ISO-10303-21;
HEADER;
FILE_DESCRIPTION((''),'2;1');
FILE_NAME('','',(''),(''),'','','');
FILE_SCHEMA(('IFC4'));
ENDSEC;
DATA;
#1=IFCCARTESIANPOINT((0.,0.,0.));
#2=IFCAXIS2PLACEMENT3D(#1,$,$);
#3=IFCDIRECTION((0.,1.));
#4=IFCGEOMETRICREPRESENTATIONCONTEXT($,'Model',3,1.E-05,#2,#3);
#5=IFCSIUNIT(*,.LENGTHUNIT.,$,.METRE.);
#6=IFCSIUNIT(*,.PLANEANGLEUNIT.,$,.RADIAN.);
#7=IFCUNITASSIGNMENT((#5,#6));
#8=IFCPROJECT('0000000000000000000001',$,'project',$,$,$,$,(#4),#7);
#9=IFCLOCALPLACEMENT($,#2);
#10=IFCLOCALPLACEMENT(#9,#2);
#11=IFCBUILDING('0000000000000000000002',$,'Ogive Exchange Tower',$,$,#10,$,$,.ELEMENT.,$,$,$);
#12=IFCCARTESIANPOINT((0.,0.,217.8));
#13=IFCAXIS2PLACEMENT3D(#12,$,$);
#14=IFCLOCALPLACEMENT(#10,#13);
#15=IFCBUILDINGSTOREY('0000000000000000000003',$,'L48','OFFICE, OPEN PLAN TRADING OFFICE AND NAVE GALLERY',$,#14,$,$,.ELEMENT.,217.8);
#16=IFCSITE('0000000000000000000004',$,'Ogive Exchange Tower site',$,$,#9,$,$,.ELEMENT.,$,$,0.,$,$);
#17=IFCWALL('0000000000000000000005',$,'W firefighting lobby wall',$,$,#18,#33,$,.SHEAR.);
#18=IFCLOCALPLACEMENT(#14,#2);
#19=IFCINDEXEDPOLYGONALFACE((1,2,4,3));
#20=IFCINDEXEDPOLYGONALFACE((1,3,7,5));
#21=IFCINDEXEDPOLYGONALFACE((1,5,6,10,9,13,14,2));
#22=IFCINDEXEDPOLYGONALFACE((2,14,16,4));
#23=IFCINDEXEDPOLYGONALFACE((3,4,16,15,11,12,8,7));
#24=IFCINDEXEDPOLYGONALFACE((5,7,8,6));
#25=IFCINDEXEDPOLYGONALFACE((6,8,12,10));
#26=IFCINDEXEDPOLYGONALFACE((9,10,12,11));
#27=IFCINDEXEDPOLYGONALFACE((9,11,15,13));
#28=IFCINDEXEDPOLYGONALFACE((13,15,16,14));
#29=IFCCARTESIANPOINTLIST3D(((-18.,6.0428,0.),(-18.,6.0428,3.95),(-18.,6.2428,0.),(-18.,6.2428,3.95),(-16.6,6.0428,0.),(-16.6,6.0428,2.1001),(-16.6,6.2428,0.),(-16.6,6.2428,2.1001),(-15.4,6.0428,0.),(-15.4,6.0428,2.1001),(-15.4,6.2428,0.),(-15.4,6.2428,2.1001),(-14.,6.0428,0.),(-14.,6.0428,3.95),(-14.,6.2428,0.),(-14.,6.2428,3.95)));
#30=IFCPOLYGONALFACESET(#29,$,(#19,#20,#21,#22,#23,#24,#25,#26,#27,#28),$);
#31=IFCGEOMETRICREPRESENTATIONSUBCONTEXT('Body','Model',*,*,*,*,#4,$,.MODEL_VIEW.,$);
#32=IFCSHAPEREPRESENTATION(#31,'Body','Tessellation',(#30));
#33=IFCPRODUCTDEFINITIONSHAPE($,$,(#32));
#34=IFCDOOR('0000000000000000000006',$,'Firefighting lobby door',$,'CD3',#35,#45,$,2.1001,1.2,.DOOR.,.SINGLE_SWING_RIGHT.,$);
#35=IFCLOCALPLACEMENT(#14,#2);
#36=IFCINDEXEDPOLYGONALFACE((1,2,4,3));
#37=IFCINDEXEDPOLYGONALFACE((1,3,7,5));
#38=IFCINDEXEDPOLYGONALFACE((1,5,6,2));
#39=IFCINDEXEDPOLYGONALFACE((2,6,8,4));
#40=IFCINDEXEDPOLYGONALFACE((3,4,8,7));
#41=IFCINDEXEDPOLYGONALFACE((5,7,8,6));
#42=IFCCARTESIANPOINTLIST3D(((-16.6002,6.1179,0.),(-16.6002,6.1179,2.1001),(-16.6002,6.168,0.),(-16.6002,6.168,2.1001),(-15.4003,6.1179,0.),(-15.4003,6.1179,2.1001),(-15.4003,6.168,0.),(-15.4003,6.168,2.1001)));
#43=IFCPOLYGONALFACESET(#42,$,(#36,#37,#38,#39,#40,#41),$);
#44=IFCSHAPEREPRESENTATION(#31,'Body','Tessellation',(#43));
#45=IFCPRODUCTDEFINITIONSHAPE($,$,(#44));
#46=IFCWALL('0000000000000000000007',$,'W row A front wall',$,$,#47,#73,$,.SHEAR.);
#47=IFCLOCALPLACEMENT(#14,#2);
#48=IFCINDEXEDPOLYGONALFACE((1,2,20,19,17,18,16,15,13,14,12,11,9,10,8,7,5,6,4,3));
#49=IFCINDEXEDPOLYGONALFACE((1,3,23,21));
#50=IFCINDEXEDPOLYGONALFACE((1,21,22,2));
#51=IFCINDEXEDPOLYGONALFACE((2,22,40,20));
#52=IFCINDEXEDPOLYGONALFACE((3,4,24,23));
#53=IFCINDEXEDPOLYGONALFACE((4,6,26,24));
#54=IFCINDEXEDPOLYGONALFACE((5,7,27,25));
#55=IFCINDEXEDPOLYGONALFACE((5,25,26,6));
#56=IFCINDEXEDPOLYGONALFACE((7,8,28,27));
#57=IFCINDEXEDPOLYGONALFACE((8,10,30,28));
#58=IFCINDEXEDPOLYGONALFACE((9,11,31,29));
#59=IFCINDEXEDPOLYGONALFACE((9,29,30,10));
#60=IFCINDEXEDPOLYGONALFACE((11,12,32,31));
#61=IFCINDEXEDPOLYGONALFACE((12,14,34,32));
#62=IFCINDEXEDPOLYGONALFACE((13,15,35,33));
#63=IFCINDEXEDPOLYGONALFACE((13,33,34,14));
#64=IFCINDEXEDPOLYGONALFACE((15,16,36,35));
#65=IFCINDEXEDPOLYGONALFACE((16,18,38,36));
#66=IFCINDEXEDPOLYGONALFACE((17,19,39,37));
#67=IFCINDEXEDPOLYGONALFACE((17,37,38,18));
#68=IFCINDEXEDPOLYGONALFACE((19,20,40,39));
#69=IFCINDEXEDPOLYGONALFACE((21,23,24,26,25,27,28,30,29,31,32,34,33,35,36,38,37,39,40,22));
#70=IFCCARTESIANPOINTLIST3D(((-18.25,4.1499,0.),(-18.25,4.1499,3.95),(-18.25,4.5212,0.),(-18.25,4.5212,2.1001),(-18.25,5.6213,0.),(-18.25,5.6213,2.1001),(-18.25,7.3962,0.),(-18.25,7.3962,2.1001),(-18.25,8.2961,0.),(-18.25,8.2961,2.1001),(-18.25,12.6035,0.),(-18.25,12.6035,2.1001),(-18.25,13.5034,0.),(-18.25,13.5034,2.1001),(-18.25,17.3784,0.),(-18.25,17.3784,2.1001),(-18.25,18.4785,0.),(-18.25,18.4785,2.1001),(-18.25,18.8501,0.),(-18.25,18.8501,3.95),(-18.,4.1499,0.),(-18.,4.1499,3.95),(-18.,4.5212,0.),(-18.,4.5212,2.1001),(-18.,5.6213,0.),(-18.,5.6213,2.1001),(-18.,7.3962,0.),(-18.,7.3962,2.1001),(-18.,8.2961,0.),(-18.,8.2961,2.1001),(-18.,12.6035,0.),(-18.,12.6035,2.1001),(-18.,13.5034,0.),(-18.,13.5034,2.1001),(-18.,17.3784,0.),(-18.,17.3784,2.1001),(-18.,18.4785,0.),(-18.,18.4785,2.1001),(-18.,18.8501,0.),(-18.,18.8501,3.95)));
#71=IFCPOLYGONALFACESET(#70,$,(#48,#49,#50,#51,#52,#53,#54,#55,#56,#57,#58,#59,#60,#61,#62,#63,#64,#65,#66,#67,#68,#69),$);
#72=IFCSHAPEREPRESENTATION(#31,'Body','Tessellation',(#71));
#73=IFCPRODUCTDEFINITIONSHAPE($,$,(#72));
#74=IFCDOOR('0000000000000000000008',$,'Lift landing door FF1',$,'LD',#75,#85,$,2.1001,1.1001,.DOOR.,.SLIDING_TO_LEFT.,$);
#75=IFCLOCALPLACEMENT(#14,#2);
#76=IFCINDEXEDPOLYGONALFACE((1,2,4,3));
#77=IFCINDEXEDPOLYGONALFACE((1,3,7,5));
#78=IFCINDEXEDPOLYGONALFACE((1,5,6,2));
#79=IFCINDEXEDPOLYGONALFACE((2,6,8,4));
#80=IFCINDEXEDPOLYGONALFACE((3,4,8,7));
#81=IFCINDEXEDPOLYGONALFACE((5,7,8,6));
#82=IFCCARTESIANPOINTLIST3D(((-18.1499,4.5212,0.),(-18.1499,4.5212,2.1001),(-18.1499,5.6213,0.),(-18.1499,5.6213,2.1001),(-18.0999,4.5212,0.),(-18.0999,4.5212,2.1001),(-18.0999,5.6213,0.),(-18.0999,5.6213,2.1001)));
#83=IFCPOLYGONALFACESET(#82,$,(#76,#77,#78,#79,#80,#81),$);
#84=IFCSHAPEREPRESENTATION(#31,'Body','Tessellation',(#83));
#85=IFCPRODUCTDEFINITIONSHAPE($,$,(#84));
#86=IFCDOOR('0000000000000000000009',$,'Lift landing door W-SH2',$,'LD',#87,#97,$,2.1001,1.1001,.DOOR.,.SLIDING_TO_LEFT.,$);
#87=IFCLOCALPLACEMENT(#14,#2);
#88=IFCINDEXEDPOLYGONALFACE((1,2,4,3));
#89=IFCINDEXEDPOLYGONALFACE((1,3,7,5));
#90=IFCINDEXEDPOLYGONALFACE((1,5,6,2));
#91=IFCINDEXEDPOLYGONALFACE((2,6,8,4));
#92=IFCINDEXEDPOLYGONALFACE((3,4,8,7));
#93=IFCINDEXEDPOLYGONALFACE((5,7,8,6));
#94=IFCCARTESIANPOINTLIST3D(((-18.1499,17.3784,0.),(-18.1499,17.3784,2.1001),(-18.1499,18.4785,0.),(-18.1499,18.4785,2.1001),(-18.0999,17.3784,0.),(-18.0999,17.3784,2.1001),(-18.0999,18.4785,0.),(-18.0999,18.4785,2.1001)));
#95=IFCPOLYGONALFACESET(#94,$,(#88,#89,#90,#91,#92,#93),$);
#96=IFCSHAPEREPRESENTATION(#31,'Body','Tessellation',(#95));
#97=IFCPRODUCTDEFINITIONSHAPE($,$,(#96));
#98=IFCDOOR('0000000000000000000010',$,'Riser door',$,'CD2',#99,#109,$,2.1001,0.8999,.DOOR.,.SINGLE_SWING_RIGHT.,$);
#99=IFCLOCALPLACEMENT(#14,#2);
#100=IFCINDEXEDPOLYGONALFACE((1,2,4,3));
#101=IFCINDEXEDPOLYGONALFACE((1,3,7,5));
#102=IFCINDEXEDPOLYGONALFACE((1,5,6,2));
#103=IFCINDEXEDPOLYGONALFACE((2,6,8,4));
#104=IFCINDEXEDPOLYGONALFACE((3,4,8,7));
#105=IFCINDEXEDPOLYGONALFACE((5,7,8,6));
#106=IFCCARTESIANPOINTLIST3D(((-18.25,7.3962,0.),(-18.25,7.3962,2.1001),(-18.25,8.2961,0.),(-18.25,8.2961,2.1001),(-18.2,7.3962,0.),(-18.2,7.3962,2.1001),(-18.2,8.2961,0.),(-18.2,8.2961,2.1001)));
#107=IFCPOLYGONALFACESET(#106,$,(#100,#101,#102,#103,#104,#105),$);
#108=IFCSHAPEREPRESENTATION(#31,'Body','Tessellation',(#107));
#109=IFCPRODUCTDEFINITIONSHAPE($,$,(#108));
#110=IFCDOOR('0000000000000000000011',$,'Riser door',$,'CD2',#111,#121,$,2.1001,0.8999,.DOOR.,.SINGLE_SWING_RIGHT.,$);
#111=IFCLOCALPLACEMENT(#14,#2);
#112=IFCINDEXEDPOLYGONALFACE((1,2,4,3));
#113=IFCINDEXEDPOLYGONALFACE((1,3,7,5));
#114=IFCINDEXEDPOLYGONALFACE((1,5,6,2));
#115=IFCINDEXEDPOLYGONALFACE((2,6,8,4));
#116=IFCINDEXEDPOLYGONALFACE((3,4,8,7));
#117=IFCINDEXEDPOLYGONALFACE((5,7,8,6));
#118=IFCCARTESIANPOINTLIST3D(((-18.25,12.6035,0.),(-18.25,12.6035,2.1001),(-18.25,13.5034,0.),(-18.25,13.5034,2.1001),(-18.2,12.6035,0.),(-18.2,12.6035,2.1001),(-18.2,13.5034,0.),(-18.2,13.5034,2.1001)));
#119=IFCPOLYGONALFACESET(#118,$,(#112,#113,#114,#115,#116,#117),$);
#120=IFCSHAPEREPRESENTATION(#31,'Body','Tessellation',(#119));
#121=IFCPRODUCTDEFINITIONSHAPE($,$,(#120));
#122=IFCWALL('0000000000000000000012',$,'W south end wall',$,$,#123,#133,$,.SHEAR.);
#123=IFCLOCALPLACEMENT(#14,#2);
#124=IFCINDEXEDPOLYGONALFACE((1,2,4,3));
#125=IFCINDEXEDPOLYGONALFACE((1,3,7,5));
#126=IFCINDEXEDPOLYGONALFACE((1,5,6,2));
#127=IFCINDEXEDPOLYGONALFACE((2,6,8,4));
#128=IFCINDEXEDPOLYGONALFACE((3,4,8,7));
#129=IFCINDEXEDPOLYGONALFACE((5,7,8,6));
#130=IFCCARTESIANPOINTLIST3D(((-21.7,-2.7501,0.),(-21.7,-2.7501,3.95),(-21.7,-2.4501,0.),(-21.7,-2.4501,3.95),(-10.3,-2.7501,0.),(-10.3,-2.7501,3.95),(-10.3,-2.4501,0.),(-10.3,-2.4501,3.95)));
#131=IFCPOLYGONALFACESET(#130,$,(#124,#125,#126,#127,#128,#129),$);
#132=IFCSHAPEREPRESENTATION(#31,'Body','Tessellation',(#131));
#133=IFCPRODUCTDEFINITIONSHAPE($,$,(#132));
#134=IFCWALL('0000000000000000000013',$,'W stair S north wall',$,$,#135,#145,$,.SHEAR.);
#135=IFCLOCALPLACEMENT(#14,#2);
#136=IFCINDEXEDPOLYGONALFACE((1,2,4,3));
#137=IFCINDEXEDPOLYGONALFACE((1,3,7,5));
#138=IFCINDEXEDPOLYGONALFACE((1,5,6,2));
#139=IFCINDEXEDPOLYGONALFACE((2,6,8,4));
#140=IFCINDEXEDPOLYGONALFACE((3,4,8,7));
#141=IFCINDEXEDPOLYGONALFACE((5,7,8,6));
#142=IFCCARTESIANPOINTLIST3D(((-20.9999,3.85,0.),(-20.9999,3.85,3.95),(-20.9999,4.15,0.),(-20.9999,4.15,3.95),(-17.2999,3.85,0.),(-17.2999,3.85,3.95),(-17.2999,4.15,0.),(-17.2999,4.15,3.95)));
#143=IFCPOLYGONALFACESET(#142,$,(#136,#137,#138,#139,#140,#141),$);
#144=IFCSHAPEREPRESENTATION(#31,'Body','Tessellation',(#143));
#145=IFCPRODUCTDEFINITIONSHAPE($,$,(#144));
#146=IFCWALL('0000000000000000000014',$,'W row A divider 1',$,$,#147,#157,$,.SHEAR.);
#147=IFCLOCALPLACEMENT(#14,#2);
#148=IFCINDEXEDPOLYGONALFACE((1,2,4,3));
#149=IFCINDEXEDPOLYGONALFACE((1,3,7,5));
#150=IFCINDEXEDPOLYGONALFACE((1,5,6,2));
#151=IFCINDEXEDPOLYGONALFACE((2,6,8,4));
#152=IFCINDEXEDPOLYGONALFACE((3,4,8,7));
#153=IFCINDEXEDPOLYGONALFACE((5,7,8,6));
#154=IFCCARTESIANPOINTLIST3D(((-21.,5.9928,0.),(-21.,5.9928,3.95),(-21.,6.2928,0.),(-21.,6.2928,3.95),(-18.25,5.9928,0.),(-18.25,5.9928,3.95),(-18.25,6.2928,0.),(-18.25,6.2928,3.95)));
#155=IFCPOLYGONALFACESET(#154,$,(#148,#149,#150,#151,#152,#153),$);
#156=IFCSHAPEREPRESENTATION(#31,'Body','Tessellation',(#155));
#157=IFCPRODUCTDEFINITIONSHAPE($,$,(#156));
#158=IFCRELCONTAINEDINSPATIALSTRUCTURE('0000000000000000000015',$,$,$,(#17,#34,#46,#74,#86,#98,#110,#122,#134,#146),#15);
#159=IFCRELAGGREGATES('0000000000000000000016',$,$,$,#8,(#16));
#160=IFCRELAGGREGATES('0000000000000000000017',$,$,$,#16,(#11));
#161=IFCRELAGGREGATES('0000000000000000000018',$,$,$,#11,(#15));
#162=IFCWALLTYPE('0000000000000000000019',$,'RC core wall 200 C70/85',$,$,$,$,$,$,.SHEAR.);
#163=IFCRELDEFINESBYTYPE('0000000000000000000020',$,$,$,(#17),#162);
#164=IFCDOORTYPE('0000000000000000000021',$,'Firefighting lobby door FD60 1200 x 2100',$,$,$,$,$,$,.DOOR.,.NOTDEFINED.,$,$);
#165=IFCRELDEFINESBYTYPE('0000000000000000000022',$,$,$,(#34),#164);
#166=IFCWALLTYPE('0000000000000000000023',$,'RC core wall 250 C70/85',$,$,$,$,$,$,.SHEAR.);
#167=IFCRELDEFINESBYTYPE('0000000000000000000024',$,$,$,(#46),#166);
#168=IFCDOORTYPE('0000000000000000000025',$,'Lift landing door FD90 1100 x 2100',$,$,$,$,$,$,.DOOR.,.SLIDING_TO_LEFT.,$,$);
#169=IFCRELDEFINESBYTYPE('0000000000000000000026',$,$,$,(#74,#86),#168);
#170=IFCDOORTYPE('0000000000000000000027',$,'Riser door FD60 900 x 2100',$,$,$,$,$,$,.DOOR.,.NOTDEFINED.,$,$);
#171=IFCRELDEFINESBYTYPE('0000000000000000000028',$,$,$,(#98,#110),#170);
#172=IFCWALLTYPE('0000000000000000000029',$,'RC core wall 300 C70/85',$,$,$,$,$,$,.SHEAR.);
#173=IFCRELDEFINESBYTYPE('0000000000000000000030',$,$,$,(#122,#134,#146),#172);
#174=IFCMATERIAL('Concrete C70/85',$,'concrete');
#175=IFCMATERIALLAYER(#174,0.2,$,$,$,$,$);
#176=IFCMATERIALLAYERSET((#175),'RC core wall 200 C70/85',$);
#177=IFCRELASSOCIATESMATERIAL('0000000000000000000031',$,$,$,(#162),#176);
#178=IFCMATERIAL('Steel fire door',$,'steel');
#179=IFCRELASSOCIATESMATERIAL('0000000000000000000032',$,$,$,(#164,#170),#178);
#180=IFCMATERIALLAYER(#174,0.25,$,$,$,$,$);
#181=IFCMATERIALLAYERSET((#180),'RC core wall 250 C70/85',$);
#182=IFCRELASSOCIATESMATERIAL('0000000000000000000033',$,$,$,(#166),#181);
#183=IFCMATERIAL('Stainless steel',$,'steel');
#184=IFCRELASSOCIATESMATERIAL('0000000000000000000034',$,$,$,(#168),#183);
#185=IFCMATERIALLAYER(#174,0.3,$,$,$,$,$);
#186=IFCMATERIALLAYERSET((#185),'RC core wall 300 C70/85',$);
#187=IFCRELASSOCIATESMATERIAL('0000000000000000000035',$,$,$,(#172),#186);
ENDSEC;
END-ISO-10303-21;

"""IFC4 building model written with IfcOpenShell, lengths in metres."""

from ifc_helpers import new_model, si_unit, direction, frame, frame_2d, origin, place, context, subcontext, project, spatial, rectangle, extrude, material, layer, layer_set, type_object, element, fill, save


model = new_model("IFC4")

# Units and contexts
model_context = context("Model", 3, precision=1e-05, world=origin(), true_north=direction((0.0, 1.0)))
body_context = subcontext(model_context, "Body", "Model", "MODEL_VIEW")
ifc_project = project(units=[si_unit("LENGTHUNIT", "METRE"), si_unit("PLANEANGLEUNIT", "RADIAN")], contexts=[model_context])

# Site, building, storey
site_placement = place(None, origin())
site = spatial("IfcSite", under=ifc_project, at=site_placement, Name="Ogive Exchange Tower site", CompositionType="ELEMENT", RefElevation=0.0)
building_placement = place(site_placement, origin())
building = spatial("IfcBuilding", under=site, at=building_placement, Name="Ogive Exchange Tower", CompositionType="ELEMENT")
storey_placement = place(building_placement, frame((0.0, 0.0, 217.8)))
storey = spatial("IfcBuildingStorey", under=building, at=storey_placement, Name="L48", Description="OFFICE, OPEN PLAN TRADING OFFICE AND NAVE GALLERY", CompositionType="ELEMENT", Elevation=217.8)

# Wall, opening, door
ifc_material_1 = material(Name="Concrete C70/85", Category="concrete")
ifc_layer_1 = layer(ifc_material_1, 0.2)
ifc_layer_set_1 = layer_set([ifc_layer_1], Name="RC core wall 200 C70/85")
wall_type_1 = type_object("IfcWallType", Name="RC core wall 200 C70/85", PredefinedType="SHEAR", material=ifc_layer_set_1)
wall_1_placement = place(storey_placement, frame((-18.0, 6.1428, 0.0), z_axis=(0.0, 0.0, 1.0), x_axis=(1.0, 0.0, 0.0)))
wall_1 = element("IfcWall", 1, at=wall_1_placement, inside=storey, type_object=wall_type_1, Name="W firefighting lobby wall", PredefinedType="SHEAR", context=body_context, shape_type="SweptSolid", body=[
    extrude(rectangle(XDim=4.0, YDim=0.2, at=frame_2d((2.0, 0.0))), origin(), (0.0, 0.0, 1.0), 3.95),
])
opening_1_placement = place(wall_1_placement, frame((1.3999, 0.0, 0.0)))
opening_1 = element("IfcOpeningElement", 2, at=opening_1_placement, cuts=wall_1, PredefinedType="OPENING", context=body_context, shape_type="SweptSolid", body=[
    extrude(rectangle(XDim=1.2, YDim=2.1001, at=frame_2d((0.6001, 1.05))), frame((0.0, 0.1099, 0.0), z_axis=(0.0, -1.0, 0.0), x_axis=(1.0, 0.0, 0.0)), (0.0, 0.0, 1.0), 0.22),
])
ifc_material_2 = material(Name="Steel fire door", Category="steel")
door_type_1 = type_object("IfcDoorType", Name="Firefighting lobby door FD60 1200 x 2100", OperationType="NOTDEFINED", PredefinedType="DOOR", material=ifc_material_2)
door_1_placement = place(opening_1_placement, frame((1.2, 0.0, 0.0), z_axis=(0.0, 0.0, 1.0), x_axis=(-1.0, 0.0, 0.0)))
door_1 = element("IfcDoor", 3, at=door_1_placement, inside=storey, type_object=door_type_1, Name="Firefighting lobby door", ObjectType="CD3", OperationType="SINGLE_SWING_RIGHT", OverallHeight=2.1001, OverallWidth=1.2, PredefinedType="DOOR", context=body_context, shape_type="SweptSolid", body=[
    extrude(rectangle(XDim=1.2, YDim=2.1001, at=frame_2d((0.6001, 1.05))), frame((0.0, 0.0249, 0.0), z_axis=(0.0, -1.0, 0.0), x_axis=(1.0, 0.0, 0.0)), (0.0, 0.0, 1.0), 0.05),
])
fill(opening_1, door_1)

# Wall, openings, doors
ifc_layer_2 = layer(ifc_material_1, 0.25)
ifc_layer_set_2 = layer_set([ifc_layer_2], Name="RC core wall 250 C70/85")
wall_type_2 = type_object("IfcWallType", Name="RC core wall 250 C70/85", PredefinedType="SHEAR", material=ifc_layer_set_2)
wall_2_placement = place(storey_placement, frame((-18.125, 4.1499, 0.0), z_axis=(0.0, 0.0, 1.0), x_axis=(0.0, 1.0, 0.0)))
wall_2 = element("IfcWall", 4, at=wall_2_placement, inside=storey, type_object=wall_type_2, Name="W row A front wall", PredefinedType="SHEAR", context=body_context, shape_type="SweptSolid", body=[
    extrude(rectangle(XDim=14.7002, YDim=0.25, at=frame_2d((7.3501, 0.0))), origin(), (0.0, 0.0, 1.0), 3.95),
])
opening_2_placement = place(wall_2_placement, frame((3.2463, 0.0, 0.0)))
opening_2 = element("IfcOpeningElement", 5, at=opening_2_placement, cuts=wall_2, PredefinedType="OPENING", context=body_context, shape_type="SweptSolid", body=[
    extrude(rectangle(XDim=0.8999, YDim=2.1001, at=frame_2d((0.45, 1.05))), frame((0.0, 0.135, 0.0), z_axis=(0.0, -1.0, 0.0), x_axis=(1.0, 0.0, 0.0)), (0.0, 0.0, 1.0), 0.27),
])
opening_3_placement = place(wall_2_placement, frame((8.4536, 0.0, 0.0)))
opening_3 = element("IfcOpeningElement", 6, at=opening_3_placement, cuts=wall_2, PredefinedType="OPENING", context=body_context, shape_type="SweptSolid", body=[
    extrude(rectangle(XDim=0.8999, YDim=2.1001, at=frame_2d((0.45, 1.05))), frame((0.0, 0.135, 0.0), z_axis=(0.0, -1.0, 0.0), x_axis=(1.0, 0.0, 0.0)), (0.0, 0.0, 1.0), 0.27),
])
opening_4_placement = place(wall_2_placement, frame((0.3713, 0.0, 0.0)))
opening_4 = element("IfcOpeningElement", 7, at=opening_4_placement, cuts=wall_2, PredefinedType="OPENING", context=body_context, shape_type="SweptSolid", body=[
    extrude(rectangle(XDim=1.1001, YDim=2.1001, at=frame_2d((0.55, 1.05))), frame((0.0, 0.135, 0.0), z_axis=(0.0, -1.0, 0.0), x_axis=(1.0, 0.0, 0.0)), (0.0, 0.0, 1.0), 0.27),
])
opening_5_placement = place(wall_2_placement, frame((13.2285, 0.0, 0.0)))
opening_5 = element("IfcOpeningElement", 8, at=opening_5_placement, cuts=wall_2, PredefinedType="OPENING", context=body_context, shape_type="SweptSolid", body=[
    extrude(rectangle(XDim=1.1001, YDim=2.1001, at=frame_2d((0.55, 1.05))), frame((0.0, 0.135, 0.0), z_axis=(0.0, -1.0, 0.0), x_axis=(1.0, 0.0, 0.0)), (0.0, 0.0, 1.0), 0.27),
])
ifc_material_3 = material(Name="Stainless steel", Category="steel")
door_type_2 = type_object("IfcDoorType", Name="Lift landing door FD90 1100 x 2100", OperationType="SLIDING_TO_LEFT", PredefinedType="DOOR", material=ifc_material_3)
door_2_placement = place(opening_4_placement, origin())
door_2 = element("IfcDoor", 9, at=door_2_placement, inside=storey, type_object=door_type_2, Name="Lift landing door FF1", ObjectType="LD", OperationType="SLIDING_TO_LEFT", OverallHeight=2.1001, OverallWidth=1.1001, PredefinedType="DOOR", context=body_context, shape_type="SweptSolid", body=[
    extrude(rectangle(XDim=1.1001, YDim=2.1001, at=frame_2d((0.55, 1.05))), frame((0.0, 0.0249, 0.0), z_axis=(0.0, -1.0, 0.0), x_axis=(1.0, 0.0, 0.0)), (0.0, 0.0, 1.0), 0.05),
])
fill(opening_4, door_2)
door_3_placement = place(opening_5_placement, origin())
door_3 = element("IfcDoor", 10, at=door_3_placement, inside=storey, type_object=door_type_2, Name="Lift landing door W-SH2", ObjectType="LD", OperationType="SLIDING_TO_LEFT", OverallHeight=2.1001, OverallWidth=1.1001, PredefinedType="DOOR", context=body_context, shape_type="SweptSolid", body=[
    extrude(rectangle(XDim=1.1001, YDim=2.1001, at=frame_2d((0.55, 1.05))), frame((0.0, 0.0249, 0.0), z_axis=(0.0, -1.0, 0.0), x_axis=(1.0, 0.0, 0.0)), (0.0, 0.0, 1.0), 0.05),
])
fill(opening_5, door_3)
door_type_3 = type_object("IfcDoorType", Name="Riser door FD60 900 x 2100", OperationType="NOTDEFINED", PredefinedType="DOOR", material=ifc_material_2)
door_4_placement = place(opening_2_placement, origin())
door_4 = element("IfcDoor", 11, at=door_4_placement, inside=storey, type_object=door_type_3, Name="Riser door", ObjectType="CD2", OperationType="SINGLE_SWING_RIGHT", OverallHeight=2.1001, OverallWidth=0.8999, PredefinedType="DOOR", context=body_context, shape_type="SweptSolid", body=[
    extrude(rectangle(XDim=0.8999, YDim=2.1001, at=frame_2d((0.45, 1.05))), frame((0.0, 0.125, 0.0), z_axis=(0.0, -1.0, 0.0), x_axis=(1.0, 0.0, 0.0)), (0.0, 0.0, 1.0), 0.05),
])
fill(opening_2, door_4)
door_5_placement = place(opening_3_placement, origin())
door_5 = element("IfcDoor", 12, at=door_5_placement, inside=storey, type_object=door_type_3, Name="Riser door", ObjectType="CD2", OperationType="SINGLE_SWING_RIGHT", OverallHeight=2.1001, OverallWidth=0.8999, PredefinedType="DOOR", context=body_context, shape_type="SweptSolid", body=[
    extrude(rectangle(XDim=0.8999, YDim=2.1001, at=frame_2d((0.45, 1.05))), frame((0.0, 0.125, 0.0), z_axis=(0.0, -1.0, 0.0), x_axis=(1.0, 0.0, 0.0)), (0.0, 0.0, 1.0), 0.05),
])
fill(opening_3, door_5)

# Walls
ifc_layer_3 = layer(ifc_material_1, 0.3)
ifc_layer_set_3 = layer_set([ifc_layer_3], Name="RC core wall 300 C70/85")
wall_type_3 = type_object("IfcWallType", Name="RC core wall 300 C70/85", PredefinedType="SHEAR", material=ifc_layer_set_3)
wall_3_placement = place(storey_placement, frame((-21.7, -2.6001, 0.0), z_axis=(0.0, 0.0, 1.0), x_axis=(1.0, 0.0, 0.0)))
element("IfcWall", 13, at=wall_3_placement, inside=storey, type_object=wall_type_3, Name="W south end wall", PredefinedType="SHEAR", context=body_context, shape_type="SweptSolid", body=[
    extrude(rectangle(XDim=11.3999, YDim=0.3, at=frame_2d((5.7, 0.0))), origin(), (0.0, 0.0, 1.0), 3.95),
])
wall_4_placement = place(storey_placement, frame((-21.0, 4.0, 0.0), z_axis=(0.0, 0.0, 1.0), x_axis=(1.0, 0.0, 0.0)))
element("IfcWall", 14, at=wall_4_placement, inside=storey, type_object=wall_type_3, Name="W stair S north wall", PredefinedType="SHEAR", context=body_context, shape_type="SweptSolid", body=[
    extrude(rectangle(XDim=3.7, YDim=0.3, at=frame_2d((1.8501, 0.0))), origin(), (0.0, 0.0, 1.0), 3.95),
])
wall_5_placement = place(storey_placement, frame((-21.0, 6.1428, 0.0), z_axis=(0.0, 0.0, 1.0), x_axis=(1.0, 0.0, 0.0)))
element("IfcWall", 15, at=wall_5_placement, inside=storey, type_object=wall_type_3, Name="W row A divider 1", PredefinedType="SHEAR", context=body_context, shape_type="SweptSolid", body=[
    extrude(rectangle(XDim=2.75, YDim=0.3, at=frame_2d((1.375, 0.0))), origin(), (0.0, 0.0, 1.0), 3.95),
])

save(model, "model.ifc")
